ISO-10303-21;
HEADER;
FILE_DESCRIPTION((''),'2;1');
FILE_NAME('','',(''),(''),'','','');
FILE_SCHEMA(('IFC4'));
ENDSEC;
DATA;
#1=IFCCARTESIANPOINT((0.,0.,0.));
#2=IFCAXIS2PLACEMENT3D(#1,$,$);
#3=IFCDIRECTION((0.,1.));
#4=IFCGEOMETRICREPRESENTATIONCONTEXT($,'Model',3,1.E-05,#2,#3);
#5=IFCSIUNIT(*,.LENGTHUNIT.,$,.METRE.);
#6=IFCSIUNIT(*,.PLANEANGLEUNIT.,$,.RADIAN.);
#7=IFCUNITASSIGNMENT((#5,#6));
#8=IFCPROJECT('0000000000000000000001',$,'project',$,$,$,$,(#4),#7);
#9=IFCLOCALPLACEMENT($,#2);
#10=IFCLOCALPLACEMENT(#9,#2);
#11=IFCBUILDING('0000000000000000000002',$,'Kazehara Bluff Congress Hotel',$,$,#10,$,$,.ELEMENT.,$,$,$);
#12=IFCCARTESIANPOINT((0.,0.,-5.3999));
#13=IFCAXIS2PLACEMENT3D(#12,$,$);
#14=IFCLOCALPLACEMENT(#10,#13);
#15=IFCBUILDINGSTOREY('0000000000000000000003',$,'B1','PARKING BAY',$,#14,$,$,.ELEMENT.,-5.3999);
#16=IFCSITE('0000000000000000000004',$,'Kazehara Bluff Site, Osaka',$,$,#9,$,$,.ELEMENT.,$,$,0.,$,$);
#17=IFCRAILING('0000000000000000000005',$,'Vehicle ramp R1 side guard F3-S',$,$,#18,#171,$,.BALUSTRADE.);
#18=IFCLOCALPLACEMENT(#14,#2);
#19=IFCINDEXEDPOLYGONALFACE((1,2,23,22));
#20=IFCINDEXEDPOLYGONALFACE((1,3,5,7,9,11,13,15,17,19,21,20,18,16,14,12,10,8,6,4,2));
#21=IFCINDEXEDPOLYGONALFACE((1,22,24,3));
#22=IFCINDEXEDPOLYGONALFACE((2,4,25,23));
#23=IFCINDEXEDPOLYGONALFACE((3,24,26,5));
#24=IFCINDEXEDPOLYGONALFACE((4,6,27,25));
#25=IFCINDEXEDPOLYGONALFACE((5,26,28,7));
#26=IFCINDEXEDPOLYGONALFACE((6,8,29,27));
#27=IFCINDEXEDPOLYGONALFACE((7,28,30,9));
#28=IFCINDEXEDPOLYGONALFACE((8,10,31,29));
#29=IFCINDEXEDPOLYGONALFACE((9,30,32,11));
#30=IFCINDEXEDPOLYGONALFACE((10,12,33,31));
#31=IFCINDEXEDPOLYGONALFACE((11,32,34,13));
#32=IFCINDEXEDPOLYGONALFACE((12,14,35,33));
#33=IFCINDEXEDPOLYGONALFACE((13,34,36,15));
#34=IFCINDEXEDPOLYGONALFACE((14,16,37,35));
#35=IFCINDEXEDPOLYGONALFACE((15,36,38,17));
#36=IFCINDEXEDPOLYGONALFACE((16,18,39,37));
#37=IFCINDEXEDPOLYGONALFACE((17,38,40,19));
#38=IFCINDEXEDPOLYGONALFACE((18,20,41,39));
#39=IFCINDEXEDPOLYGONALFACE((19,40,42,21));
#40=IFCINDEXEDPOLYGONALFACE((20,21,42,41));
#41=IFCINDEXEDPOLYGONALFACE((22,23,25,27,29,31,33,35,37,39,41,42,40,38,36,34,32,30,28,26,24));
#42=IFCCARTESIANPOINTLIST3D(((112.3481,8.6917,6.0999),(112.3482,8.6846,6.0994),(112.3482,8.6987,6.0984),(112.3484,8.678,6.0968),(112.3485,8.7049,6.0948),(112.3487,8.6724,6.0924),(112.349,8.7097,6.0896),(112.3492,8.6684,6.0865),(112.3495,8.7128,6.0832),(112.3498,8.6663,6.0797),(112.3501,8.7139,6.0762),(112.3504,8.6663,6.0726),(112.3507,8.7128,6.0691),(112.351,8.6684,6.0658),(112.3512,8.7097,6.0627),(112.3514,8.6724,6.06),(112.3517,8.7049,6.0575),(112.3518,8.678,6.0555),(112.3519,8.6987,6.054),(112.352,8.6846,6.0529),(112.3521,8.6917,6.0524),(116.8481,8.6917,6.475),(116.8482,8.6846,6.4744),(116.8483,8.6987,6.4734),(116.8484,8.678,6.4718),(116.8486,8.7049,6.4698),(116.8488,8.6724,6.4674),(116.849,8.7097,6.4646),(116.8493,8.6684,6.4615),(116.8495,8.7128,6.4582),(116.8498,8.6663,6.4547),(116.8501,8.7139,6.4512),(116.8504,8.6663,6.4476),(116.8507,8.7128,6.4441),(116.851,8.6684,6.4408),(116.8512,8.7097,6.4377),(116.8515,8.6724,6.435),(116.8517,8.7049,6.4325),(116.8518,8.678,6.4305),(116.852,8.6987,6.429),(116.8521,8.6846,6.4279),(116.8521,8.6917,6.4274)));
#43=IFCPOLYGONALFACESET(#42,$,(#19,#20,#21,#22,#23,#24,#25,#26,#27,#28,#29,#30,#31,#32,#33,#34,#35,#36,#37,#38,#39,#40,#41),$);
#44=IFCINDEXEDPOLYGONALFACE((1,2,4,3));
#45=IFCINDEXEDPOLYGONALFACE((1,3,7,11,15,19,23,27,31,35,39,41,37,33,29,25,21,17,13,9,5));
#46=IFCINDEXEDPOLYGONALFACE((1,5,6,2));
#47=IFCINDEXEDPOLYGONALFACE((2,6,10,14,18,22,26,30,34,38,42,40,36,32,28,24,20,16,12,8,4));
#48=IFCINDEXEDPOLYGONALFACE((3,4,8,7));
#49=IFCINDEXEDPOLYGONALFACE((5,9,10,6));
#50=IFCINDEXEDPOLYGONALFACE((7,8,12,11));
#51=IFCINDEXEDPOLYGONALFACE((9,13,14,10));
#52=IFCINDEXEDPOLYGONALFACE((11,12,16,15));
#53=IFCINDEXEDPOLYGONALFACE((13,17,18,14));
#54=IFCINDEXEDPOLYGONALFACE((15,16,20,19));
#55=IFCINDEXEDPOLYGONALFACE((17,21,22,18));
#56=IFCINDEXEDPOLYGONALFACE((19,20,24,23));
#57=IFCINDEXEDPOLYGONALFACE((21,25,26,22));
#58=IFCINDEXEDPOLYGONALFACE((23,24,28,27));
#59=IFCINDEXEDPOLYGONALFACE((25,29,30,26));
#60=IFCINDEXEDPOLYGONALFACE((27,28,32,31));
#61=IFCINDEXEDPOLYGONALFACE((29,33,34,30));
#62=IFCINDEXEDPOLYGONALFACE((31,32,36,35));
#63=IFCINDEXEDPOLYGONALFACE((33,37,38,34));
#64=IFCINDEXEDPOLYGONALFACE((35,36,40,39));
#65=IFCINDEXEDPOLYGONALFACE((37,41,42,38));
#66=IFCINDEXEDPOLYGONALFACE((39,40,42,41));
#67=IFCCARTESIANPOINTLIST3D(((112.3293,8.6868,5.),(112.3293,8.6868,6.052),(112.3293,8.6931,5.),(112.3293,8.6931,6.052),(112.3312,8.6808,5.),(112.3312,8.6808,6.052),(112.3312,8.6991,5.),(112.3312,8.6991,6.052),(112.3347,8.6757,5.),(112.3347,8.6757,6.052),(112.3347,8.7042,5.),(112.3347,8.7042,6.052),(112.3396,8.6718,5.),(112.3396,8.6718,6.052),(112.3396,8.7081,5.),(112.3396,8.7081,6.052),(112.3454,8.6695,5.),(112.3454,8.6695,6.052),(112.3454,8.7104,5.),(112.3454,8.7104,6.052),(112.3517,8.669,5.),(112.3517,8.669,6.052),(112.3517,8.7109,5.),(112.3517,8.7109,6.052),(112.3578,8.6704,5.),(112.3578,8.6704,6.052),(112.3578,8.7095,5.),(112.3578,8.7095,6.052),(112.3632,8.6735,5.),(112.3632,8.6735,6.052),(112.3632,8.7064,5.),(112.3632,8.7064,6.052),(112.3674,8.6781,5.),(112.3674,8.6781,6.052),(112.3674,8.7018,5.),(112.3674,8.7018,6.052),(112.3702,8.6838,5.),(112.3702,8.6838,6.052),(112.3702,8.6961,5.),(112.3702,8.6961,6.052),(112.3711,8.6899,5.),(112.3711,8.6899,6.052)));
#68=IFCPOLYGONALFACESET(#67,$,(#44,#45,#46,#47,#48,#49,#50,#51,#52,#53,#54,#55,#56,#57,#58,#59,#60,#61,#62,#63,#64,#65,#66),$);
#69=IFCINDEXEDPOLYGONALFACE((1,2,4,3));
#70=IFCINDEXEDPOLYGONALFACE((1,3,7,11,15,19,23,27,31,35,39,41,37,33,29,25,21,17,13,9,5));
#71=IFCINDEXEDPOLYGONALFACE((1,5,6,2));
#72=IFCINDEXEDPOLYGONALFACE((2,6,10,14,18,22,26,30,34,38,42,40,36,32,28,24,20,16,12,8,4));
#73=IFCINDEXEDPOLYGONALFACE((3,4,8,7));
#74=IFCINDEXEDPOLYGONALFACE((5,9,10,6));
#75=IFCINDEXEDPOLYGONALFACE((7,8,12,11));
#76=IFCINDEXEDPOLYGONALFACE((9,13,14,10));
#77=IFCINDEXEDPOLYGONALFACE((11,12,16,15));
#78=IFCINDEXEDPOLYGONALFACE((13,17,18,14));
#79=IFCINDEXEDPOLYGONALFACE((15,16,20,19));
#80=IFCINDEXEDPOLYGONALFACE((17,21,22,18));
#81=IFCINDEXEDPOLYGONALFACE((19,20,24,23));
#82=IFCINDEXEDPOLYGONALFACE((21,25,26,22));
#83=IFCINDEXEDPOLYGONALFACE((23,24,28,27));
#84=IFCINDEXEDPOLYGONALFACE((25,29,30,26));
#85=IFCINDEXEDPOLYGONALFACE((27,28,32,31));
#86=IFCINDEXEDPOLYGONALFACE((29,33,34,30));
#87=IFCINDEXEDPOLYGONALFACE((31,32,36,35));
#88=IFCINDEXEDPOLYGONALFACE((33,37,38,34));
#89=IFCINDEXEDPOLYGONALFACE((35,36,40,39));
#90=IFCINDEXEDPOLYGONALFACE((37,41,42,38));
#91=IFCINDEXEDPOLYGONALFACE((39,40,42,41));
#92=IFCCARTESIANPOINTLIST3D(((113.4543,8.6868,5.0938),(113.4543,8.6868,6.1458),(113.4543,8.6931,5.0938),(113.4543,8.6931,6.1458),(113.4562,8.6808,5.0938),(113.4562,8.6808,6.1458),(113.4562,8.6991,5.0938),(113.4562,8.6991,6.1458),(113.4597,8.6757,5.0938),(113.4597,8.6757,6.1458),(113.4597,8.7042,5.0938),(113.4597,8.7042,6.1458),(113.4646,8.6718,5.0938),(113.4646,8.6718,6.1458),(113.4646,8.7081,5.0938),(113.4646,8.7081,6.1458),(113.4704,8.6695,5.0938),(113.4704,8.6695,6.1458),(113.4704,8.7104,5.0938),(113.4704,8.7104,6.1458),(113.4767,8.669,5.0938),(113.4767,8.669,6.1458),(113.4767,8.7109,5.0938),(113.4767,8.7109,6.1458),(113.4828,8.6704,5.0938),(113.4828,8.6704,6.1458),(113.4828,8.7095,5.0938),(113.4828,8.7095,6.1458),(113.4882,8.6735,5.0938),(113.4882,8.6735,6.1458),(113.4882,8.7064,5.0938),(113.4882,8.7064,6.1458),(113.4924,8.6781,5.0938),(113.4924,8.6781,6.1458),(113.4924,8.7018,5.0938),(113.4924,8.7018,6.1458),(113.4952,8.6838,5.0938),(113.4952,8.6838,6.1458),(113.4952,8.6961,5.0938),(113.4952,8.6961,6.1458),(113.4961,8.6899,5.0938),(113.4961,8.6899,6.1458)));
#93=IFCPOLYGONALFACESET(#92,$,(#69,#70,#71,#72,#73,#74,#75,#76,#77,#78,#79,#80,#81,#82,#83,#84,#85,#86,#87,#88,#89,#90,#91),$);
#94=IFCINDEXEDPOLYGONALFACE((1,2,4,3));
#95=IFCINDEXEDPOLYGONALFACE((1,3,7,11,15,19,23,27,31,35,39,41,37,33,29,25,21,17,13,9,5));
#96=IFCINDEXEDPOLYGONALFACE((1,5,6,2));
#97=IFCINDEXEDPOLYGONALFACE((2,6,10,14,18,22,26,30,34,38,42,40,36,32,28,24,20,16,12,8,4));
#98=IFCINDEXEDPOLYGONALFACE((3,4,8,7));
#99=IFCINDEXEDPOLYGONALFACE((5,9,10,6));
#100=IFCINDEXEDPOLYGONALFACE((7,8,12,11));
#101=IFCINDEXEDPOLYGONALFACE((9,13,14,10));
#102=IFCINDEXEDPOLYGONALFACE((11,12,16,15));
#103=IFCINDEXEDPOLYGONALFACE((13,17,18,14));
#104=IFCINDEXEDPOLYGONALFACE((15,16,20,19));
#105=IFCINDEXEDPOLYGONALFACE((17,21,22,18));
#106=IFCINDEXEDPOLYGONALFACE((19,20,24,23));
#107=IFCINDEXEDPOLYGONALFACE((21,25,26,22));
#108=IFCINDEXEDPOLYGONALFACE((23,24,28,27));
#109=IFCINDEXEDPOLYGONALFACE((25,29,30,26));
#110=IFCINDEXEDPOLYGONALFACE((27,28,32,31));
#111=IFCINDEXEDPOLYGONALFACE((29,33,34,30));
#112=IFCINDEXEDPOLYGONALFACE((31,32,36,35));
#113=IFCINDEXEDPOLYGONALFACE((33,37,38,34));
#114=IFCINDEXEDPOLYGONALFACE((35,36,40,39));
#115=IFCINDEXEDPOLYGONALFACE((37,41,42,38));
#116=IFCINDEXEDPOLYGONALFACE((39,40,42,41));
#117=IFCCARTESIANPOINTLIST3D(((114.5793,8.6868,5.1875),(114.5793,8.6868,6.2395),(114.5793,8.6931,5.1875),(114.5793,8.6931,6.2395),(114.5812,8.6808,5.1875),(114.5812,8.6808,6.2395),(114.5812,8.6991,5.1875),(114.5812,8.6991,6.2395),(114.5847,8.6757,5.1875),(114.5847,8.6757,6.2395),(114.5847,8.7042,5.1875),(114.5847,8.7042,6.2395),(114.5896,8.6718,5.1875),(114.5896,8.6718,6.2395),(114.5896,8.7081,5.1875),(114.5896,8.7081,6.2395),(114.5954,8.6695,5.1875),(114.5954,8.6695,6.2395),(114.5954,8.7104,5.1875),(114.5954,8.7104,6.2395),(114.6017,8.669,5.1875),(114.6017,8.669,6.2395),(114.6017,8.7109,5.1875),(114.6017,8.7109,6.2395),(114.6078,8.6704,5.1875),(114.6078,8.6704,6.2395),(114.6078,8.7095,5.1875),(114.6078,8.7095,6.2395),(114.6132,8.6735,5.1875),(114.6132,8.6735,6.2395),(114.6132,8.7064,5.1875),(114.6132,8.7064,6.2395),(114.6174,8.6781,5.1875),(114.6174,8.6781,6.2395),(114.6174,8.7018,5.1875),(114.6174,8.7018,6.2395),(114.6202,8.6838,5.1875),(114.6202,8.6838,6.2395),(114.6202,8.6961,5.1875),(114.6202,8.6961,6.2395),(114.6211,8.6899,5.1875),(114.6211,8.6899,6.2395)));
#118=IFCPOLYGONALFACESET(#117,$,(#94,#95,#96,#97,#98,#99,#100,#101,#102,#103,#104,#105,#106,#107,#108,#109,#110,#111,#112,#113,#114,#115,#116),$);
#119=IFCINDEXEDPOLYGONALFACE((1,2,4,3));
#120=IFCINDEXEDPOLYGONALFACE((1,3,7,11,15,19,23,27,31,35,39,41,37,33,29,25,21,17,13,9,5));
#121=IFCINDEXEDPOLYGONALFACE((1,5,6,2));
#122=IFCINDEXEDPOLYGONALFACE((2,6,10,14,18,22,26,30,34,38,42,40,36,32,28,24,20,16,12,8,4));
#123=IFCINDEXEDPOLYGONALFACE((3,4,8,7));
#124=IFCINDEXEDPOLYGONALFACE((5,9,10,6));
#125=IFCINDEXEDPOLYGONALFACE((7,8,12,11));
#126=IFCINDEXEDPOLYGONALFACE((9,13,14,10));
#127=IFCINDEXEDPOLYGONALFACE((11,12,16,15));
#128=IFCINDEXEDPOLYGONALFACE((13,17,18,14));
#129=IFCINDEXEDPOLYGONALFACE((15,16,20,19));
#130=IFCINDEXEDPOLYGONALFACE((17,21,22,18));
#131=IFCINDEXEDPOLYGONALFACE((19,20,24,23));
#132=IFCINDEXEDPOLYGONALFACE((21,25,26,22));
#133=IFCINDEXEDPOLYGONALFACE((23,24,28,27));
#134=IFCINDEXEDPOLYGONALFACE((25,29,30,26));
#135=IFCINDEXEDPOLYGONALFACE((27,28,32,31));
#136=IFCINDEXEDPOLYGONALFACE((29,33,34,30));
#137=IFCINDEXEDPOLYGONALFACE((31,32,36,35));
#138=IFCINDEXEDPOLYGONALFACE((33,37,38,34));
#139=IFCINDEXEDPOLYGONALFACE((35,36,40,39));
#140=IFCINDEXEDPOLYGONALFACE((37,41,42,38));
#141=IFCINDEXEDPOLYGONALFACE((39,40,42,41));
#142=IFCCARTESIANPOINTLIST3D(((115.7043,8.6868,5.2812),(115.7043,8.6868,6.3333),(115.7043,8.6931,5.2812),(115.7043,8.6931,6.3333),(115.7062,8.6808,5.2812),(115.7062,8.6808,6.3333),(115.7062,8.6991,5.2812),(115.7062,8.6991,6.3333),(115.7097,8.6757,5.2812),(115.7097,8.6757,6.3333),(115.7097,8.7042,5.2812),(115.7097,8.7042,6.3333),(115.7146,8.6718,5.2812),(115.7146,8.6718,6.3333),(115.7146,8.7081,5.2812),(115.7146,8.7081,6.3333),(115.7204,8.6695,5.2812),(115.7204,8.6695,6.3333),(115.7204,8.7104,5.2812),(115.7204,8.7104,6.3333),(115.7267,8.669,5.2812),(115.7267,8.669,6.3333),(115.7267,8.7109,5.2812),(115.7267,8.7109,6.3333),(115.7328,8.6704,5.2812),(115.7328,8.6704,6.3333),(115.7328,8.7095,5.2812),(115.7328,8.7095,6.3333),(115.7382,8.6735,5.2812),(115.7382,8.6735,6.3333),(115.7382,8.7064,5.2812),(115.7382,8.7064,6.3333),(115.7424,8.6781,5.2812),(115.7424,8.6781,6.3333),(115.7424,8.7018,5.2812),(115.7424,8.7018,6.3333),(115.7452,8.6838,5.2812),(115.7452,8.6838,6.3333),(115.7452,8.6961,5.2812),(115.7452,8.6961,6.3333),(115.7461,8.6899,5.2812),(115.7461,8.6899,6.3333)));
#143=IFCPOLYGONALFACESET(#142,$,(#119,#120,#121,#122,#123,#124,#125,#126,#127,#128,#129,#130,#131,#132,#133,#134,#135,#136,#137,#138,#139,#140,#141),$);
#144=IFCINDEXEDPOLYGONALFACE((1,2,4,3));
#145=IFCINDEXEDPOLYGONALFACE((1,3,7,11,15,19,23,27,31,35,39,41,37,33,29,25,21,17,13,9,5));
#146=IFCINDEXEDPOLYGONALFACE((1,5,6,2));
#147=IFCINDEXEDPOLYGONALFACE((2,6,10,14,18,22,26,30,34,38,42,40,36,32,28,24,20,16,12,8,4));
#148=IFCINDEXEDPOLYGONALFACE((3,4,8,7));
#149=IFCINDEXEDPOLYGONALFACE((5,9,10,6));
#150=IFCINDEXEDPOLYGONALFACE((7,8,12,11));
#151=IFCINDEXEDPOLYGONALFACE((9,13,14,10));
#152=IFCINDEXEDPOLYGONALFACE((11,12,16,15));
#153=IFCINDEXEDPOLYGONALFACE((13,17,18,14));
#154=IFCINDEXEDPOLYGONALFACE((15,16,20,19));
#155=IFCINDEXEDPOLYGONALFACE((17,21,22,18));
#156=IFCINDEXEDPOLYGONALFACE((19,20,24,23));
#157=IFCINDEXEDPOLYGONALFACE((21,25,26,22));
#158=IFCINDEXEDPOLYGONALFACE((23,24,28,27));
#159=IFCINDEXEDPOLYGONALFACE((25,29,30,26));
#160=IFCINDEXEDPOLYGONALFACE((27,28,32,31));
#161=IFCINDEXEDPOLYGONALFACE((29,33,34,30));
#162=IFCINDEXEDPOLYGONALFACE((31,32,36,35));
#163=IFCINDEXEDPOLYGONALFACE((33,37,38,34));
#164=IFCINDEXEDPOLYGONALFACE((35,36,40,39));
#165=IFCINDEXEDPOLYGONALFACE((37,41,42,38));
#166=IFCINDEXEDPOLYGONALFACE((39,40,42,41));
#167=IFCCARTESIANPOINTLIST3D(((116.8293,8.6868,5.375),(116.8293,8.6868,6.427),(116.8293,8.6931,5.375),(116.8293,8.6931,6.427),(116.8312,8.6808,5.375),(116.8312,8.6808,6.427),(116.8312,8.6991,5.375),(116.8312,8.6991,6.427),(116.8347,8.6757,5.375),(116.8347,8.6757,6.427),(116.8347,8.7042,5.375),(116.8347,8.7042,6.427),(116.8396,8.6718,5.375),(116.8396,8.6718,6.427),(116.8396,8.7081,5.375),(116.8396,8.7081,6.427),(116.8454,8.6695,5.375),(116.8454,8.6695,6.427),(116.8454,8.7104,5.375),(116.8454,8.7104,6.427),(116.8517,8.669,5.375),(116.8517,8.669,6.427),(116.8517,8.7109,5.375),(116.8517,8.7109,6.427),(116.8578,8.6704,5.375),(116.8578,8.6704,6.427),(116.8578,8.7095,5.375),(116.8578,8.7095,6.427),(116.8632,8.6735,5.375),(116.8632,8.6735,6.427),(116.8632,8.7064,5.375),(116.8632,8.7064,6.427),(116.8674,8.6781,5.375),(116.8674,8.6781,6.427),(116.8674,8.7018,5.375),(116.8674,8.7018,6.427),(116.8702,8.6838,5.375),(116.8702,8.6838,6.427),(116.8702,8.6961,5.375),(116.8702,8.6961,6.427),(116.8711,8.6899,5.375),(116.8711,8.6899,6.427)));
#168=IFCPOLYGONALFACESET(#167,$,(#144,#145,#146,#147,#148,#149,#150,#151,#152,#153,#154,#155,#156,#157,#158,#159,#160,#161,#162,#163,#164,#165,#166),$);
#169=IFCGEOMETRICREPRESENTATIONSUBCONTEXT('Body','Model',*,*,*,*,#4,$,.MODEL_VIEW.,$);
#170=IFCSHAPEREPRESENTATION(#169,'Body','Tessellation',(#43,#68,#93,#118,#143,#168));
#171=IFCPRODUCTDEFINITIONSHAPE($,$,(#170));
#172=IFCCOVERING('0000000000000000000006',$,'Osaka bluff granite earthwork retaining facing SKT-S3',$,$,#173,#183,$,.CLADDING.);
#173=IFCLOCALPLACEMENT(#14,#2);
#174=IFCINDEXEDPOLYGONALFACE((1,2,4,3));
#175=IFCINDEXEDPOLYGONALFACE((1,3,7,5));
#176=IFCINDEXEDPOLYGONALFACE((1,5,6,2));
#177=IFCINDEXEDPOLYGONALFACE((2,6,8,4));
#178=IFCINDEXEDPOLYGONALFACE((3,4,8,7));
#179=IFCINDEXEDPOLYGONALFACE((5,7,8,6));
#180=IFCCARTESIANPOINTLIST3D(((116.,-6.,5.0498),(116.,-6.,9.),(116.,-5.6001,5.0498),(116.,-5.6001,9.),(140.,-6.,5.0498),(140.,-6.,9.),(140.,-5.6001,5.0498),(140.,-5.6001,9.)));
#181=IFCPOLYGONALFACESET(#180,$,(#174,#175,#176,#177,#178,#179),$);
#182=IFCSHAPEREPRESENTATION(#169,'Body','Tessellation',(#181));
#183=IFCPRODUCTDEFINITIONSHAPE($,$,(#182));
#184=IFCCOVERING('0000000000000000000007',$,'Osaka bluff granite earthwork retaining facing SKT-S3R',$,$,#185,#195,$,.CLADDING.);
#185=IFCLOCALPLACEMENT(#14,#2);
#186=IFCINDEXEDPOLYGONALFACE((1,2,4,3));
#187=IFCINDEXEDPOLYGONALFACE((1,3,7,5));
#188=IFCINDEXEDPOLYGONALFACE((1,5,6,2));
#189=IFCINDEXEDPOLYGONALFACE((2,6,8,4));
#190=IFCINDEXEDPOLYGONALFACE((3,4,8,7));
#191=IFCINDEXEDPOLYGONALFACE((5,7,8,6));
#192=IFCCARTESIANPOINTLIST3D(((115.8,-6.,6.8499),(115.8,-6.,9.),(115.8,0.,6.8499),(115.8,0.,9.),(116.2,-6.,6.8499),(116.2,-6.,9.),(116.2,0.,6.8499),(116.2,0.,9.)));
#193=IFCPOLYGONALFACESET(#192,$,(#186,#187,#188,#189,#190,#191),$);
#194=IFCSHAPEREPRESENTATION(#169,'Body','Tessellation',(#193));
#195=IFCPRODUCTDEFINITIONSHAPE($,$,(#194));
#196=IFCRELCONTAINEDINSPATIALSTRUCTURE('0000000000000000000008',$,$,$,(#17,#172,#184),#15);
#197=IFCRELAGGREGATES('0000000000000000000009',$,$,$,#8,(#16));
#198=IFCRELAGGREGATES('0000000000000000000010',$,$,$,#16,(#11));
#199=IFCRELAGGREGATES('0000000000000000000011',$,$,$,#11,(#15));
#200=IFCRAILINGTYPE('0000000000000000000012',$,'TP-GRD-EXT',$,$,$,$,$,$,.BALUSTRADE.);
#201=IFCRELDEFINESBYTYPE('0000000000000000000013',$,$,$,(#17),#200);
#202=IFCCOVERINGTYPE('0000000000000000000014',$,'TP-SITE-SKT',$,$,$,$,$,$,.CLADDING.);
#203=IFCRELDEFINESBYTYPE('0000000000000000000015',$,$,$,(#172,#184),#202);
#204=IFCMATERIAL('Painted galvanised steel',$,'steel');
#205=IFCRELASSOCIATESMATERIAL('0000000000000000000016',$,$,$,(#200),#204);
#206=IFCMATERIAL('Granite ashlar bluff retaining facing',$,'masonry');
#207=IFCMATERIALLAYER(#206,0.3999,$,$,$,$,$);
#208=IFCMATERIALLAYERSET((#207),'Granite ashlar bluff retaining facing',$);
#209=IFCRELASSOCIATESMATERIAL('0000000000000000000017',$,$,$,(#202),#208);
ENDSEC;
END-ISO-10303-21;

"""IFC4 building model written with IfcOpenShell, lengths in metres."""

from ifc_helpers import new_model, si_unit, direction, frame, frame_2d, origin, origin_2d, place, context, subcontext, project, spatial, rectangle, circle, extrude, material, layer, layer_set, type_object, element, save


model = new_model("IFC4")

# Units and contexts
model_context = context("Model", 3, precision=1e-05, world=origin(), true_north=direction((0.0, 1.0)))
body_context = subcontext(model_context, "Body", "Model", "MODEL_VIEW")
ifc_project = project(units=[si_unit("LENGTHUNIT", "METRE"), si_unit("PLANEANGLEUNIT", "RADIAN")], contexts=[model_context])

# Site, building, storey
site_placement = place(None, origin())
site = spatial("IfcSite", under=ifc_project, at=site_placement, Name="Kazehara Bluff Site, Osaka", CompositionType="ELEMENT", RefElevation=0.0)
building_placement = place(site_placement, origin())
building = spatial("IfcBuilding", under=site, at=building_placement, Name="Kazehara Bluff Congress Hotel", CompositionType="ELEMENT")
storey_placement = place(building_placement, frame((0.0, 0.0, -5.3999)))
storey = spatial("IfcBuildingStorey", under=building, at=storey_placement, Name="B1", Description="PARKING BAY", CompositionType="ELEMENT", Elevation=-5.3999)

# Railing
ifc_material_1 = material(Name="Painted galvanised steel", Category="steel")
railing_type = type_object("IfcRailingType", Name="TP-GRD-EXT", PredefinedType="BALUSTRADE", material=ifc_material_1)
railing_placement = place(storey_placement, frame((112.3501, 8.6899, 5.0)))
element("IfcRailing", 1, at=railing_placement, inside=storey, type_object=railing_type, Name="Vehicle ramp R1 side guard F3-S", PredefinedType="BALUSTRADE", context=body_context, shape_type="SweptSolid", body=[
    extrude(circle(Radius=0.0239, at=origin_2d()), frame((0.0, 0.0, 1.0762), z_axis=(0.996546, 0.0, 0.083045), x_axis=(0.0, 1.0, 0.0)), (0.0, 0.0, 1.0), 4.5156),
    extrude(circle(Radius=0.021, at=origin_2d()), origin(), (0.0, 0.0, 1.0), 1.052),
    extrude(circle(Radius=0.021, at=origin_2d()), frame((1.125, 0.0, 0.0938)), (0.0, 0.0, 1.0), 1.052),
    extrude(circle(Radius=0.021, at=origin_2d()), frame((2.25, 0.0, 0.1875)), (0.0, 0.0, 1.0), 1.052),
    extrude(circle(Radius=0.021, at=origin_2d()), frame((3.375, 0.0, 0.2812)), (0.0, 0.0, 1.0), 1.052),
    extrude(circle(Radius=0.021, at=origin_2d()), frame((4.5, 0.0, 0.375)), (0.0, 0.0, 1.0), 1.052),
])

# Coverings
ifc_material_2 = material(Name="Granite ashlar bluff retaining facing", Category="masonry")
ifc_layer_1 = layer(ifc_material_2, 0.3999)
ifc_layer_set_1 = layer_set([ifc_layer_1], Name="Granite ashlar bluff retaining facing")
covering_type = type_object("IfcCoveringType", Name="TP-SITE-SKT", PredefinedType="CLADDING", material=ifc_layer_set_1)
covering_1_placement = place(storey_placement, frame((116.0, -5.8, 5.0498), z_axis=(0.0, 0.0, 1.0), x_axis=(1.0, 0.0, 0.0)))
element("IfcCovering", 2, at=covering_1_placement, inside=storey, type_object=covering_type, Name="Osaka bluff granite earthwork retaining facing SKT-S3", PredefinedType="CLADDING", context=body_context, shape_type="SweptSolid", body=[
    extrude(rectangle(XDim=24.0, YDim=0.3999, at=frame_2d((12.0, 0.0))), origin(), (0.0, 0.0, 1.0), 3.9502),
])
covering_2_placement = place(storey_placement, frame((116.0, -6.0, 6.8499), z_axis=(0.0, 0.0, 1.0), x_axis=(0.0, 1.0, 0.0)))
element("IfcCovering", 3, at=covering_2_placement, inside=storey, type_object=covering_type, Name="Osaka bluff granite earthwork retaining facing SKT-S3R", PredefinedType="CLADDING", context=body_context, shape_type="SweptSolid", body=[
    extrude(rectangle(XDim=6.0, YDim=0.3999, at=frame_2d((3.0, 0.0))), origin(), (0.0, 0.0, 1.0), 2.1501),
])

save(model, "model.ifc")
